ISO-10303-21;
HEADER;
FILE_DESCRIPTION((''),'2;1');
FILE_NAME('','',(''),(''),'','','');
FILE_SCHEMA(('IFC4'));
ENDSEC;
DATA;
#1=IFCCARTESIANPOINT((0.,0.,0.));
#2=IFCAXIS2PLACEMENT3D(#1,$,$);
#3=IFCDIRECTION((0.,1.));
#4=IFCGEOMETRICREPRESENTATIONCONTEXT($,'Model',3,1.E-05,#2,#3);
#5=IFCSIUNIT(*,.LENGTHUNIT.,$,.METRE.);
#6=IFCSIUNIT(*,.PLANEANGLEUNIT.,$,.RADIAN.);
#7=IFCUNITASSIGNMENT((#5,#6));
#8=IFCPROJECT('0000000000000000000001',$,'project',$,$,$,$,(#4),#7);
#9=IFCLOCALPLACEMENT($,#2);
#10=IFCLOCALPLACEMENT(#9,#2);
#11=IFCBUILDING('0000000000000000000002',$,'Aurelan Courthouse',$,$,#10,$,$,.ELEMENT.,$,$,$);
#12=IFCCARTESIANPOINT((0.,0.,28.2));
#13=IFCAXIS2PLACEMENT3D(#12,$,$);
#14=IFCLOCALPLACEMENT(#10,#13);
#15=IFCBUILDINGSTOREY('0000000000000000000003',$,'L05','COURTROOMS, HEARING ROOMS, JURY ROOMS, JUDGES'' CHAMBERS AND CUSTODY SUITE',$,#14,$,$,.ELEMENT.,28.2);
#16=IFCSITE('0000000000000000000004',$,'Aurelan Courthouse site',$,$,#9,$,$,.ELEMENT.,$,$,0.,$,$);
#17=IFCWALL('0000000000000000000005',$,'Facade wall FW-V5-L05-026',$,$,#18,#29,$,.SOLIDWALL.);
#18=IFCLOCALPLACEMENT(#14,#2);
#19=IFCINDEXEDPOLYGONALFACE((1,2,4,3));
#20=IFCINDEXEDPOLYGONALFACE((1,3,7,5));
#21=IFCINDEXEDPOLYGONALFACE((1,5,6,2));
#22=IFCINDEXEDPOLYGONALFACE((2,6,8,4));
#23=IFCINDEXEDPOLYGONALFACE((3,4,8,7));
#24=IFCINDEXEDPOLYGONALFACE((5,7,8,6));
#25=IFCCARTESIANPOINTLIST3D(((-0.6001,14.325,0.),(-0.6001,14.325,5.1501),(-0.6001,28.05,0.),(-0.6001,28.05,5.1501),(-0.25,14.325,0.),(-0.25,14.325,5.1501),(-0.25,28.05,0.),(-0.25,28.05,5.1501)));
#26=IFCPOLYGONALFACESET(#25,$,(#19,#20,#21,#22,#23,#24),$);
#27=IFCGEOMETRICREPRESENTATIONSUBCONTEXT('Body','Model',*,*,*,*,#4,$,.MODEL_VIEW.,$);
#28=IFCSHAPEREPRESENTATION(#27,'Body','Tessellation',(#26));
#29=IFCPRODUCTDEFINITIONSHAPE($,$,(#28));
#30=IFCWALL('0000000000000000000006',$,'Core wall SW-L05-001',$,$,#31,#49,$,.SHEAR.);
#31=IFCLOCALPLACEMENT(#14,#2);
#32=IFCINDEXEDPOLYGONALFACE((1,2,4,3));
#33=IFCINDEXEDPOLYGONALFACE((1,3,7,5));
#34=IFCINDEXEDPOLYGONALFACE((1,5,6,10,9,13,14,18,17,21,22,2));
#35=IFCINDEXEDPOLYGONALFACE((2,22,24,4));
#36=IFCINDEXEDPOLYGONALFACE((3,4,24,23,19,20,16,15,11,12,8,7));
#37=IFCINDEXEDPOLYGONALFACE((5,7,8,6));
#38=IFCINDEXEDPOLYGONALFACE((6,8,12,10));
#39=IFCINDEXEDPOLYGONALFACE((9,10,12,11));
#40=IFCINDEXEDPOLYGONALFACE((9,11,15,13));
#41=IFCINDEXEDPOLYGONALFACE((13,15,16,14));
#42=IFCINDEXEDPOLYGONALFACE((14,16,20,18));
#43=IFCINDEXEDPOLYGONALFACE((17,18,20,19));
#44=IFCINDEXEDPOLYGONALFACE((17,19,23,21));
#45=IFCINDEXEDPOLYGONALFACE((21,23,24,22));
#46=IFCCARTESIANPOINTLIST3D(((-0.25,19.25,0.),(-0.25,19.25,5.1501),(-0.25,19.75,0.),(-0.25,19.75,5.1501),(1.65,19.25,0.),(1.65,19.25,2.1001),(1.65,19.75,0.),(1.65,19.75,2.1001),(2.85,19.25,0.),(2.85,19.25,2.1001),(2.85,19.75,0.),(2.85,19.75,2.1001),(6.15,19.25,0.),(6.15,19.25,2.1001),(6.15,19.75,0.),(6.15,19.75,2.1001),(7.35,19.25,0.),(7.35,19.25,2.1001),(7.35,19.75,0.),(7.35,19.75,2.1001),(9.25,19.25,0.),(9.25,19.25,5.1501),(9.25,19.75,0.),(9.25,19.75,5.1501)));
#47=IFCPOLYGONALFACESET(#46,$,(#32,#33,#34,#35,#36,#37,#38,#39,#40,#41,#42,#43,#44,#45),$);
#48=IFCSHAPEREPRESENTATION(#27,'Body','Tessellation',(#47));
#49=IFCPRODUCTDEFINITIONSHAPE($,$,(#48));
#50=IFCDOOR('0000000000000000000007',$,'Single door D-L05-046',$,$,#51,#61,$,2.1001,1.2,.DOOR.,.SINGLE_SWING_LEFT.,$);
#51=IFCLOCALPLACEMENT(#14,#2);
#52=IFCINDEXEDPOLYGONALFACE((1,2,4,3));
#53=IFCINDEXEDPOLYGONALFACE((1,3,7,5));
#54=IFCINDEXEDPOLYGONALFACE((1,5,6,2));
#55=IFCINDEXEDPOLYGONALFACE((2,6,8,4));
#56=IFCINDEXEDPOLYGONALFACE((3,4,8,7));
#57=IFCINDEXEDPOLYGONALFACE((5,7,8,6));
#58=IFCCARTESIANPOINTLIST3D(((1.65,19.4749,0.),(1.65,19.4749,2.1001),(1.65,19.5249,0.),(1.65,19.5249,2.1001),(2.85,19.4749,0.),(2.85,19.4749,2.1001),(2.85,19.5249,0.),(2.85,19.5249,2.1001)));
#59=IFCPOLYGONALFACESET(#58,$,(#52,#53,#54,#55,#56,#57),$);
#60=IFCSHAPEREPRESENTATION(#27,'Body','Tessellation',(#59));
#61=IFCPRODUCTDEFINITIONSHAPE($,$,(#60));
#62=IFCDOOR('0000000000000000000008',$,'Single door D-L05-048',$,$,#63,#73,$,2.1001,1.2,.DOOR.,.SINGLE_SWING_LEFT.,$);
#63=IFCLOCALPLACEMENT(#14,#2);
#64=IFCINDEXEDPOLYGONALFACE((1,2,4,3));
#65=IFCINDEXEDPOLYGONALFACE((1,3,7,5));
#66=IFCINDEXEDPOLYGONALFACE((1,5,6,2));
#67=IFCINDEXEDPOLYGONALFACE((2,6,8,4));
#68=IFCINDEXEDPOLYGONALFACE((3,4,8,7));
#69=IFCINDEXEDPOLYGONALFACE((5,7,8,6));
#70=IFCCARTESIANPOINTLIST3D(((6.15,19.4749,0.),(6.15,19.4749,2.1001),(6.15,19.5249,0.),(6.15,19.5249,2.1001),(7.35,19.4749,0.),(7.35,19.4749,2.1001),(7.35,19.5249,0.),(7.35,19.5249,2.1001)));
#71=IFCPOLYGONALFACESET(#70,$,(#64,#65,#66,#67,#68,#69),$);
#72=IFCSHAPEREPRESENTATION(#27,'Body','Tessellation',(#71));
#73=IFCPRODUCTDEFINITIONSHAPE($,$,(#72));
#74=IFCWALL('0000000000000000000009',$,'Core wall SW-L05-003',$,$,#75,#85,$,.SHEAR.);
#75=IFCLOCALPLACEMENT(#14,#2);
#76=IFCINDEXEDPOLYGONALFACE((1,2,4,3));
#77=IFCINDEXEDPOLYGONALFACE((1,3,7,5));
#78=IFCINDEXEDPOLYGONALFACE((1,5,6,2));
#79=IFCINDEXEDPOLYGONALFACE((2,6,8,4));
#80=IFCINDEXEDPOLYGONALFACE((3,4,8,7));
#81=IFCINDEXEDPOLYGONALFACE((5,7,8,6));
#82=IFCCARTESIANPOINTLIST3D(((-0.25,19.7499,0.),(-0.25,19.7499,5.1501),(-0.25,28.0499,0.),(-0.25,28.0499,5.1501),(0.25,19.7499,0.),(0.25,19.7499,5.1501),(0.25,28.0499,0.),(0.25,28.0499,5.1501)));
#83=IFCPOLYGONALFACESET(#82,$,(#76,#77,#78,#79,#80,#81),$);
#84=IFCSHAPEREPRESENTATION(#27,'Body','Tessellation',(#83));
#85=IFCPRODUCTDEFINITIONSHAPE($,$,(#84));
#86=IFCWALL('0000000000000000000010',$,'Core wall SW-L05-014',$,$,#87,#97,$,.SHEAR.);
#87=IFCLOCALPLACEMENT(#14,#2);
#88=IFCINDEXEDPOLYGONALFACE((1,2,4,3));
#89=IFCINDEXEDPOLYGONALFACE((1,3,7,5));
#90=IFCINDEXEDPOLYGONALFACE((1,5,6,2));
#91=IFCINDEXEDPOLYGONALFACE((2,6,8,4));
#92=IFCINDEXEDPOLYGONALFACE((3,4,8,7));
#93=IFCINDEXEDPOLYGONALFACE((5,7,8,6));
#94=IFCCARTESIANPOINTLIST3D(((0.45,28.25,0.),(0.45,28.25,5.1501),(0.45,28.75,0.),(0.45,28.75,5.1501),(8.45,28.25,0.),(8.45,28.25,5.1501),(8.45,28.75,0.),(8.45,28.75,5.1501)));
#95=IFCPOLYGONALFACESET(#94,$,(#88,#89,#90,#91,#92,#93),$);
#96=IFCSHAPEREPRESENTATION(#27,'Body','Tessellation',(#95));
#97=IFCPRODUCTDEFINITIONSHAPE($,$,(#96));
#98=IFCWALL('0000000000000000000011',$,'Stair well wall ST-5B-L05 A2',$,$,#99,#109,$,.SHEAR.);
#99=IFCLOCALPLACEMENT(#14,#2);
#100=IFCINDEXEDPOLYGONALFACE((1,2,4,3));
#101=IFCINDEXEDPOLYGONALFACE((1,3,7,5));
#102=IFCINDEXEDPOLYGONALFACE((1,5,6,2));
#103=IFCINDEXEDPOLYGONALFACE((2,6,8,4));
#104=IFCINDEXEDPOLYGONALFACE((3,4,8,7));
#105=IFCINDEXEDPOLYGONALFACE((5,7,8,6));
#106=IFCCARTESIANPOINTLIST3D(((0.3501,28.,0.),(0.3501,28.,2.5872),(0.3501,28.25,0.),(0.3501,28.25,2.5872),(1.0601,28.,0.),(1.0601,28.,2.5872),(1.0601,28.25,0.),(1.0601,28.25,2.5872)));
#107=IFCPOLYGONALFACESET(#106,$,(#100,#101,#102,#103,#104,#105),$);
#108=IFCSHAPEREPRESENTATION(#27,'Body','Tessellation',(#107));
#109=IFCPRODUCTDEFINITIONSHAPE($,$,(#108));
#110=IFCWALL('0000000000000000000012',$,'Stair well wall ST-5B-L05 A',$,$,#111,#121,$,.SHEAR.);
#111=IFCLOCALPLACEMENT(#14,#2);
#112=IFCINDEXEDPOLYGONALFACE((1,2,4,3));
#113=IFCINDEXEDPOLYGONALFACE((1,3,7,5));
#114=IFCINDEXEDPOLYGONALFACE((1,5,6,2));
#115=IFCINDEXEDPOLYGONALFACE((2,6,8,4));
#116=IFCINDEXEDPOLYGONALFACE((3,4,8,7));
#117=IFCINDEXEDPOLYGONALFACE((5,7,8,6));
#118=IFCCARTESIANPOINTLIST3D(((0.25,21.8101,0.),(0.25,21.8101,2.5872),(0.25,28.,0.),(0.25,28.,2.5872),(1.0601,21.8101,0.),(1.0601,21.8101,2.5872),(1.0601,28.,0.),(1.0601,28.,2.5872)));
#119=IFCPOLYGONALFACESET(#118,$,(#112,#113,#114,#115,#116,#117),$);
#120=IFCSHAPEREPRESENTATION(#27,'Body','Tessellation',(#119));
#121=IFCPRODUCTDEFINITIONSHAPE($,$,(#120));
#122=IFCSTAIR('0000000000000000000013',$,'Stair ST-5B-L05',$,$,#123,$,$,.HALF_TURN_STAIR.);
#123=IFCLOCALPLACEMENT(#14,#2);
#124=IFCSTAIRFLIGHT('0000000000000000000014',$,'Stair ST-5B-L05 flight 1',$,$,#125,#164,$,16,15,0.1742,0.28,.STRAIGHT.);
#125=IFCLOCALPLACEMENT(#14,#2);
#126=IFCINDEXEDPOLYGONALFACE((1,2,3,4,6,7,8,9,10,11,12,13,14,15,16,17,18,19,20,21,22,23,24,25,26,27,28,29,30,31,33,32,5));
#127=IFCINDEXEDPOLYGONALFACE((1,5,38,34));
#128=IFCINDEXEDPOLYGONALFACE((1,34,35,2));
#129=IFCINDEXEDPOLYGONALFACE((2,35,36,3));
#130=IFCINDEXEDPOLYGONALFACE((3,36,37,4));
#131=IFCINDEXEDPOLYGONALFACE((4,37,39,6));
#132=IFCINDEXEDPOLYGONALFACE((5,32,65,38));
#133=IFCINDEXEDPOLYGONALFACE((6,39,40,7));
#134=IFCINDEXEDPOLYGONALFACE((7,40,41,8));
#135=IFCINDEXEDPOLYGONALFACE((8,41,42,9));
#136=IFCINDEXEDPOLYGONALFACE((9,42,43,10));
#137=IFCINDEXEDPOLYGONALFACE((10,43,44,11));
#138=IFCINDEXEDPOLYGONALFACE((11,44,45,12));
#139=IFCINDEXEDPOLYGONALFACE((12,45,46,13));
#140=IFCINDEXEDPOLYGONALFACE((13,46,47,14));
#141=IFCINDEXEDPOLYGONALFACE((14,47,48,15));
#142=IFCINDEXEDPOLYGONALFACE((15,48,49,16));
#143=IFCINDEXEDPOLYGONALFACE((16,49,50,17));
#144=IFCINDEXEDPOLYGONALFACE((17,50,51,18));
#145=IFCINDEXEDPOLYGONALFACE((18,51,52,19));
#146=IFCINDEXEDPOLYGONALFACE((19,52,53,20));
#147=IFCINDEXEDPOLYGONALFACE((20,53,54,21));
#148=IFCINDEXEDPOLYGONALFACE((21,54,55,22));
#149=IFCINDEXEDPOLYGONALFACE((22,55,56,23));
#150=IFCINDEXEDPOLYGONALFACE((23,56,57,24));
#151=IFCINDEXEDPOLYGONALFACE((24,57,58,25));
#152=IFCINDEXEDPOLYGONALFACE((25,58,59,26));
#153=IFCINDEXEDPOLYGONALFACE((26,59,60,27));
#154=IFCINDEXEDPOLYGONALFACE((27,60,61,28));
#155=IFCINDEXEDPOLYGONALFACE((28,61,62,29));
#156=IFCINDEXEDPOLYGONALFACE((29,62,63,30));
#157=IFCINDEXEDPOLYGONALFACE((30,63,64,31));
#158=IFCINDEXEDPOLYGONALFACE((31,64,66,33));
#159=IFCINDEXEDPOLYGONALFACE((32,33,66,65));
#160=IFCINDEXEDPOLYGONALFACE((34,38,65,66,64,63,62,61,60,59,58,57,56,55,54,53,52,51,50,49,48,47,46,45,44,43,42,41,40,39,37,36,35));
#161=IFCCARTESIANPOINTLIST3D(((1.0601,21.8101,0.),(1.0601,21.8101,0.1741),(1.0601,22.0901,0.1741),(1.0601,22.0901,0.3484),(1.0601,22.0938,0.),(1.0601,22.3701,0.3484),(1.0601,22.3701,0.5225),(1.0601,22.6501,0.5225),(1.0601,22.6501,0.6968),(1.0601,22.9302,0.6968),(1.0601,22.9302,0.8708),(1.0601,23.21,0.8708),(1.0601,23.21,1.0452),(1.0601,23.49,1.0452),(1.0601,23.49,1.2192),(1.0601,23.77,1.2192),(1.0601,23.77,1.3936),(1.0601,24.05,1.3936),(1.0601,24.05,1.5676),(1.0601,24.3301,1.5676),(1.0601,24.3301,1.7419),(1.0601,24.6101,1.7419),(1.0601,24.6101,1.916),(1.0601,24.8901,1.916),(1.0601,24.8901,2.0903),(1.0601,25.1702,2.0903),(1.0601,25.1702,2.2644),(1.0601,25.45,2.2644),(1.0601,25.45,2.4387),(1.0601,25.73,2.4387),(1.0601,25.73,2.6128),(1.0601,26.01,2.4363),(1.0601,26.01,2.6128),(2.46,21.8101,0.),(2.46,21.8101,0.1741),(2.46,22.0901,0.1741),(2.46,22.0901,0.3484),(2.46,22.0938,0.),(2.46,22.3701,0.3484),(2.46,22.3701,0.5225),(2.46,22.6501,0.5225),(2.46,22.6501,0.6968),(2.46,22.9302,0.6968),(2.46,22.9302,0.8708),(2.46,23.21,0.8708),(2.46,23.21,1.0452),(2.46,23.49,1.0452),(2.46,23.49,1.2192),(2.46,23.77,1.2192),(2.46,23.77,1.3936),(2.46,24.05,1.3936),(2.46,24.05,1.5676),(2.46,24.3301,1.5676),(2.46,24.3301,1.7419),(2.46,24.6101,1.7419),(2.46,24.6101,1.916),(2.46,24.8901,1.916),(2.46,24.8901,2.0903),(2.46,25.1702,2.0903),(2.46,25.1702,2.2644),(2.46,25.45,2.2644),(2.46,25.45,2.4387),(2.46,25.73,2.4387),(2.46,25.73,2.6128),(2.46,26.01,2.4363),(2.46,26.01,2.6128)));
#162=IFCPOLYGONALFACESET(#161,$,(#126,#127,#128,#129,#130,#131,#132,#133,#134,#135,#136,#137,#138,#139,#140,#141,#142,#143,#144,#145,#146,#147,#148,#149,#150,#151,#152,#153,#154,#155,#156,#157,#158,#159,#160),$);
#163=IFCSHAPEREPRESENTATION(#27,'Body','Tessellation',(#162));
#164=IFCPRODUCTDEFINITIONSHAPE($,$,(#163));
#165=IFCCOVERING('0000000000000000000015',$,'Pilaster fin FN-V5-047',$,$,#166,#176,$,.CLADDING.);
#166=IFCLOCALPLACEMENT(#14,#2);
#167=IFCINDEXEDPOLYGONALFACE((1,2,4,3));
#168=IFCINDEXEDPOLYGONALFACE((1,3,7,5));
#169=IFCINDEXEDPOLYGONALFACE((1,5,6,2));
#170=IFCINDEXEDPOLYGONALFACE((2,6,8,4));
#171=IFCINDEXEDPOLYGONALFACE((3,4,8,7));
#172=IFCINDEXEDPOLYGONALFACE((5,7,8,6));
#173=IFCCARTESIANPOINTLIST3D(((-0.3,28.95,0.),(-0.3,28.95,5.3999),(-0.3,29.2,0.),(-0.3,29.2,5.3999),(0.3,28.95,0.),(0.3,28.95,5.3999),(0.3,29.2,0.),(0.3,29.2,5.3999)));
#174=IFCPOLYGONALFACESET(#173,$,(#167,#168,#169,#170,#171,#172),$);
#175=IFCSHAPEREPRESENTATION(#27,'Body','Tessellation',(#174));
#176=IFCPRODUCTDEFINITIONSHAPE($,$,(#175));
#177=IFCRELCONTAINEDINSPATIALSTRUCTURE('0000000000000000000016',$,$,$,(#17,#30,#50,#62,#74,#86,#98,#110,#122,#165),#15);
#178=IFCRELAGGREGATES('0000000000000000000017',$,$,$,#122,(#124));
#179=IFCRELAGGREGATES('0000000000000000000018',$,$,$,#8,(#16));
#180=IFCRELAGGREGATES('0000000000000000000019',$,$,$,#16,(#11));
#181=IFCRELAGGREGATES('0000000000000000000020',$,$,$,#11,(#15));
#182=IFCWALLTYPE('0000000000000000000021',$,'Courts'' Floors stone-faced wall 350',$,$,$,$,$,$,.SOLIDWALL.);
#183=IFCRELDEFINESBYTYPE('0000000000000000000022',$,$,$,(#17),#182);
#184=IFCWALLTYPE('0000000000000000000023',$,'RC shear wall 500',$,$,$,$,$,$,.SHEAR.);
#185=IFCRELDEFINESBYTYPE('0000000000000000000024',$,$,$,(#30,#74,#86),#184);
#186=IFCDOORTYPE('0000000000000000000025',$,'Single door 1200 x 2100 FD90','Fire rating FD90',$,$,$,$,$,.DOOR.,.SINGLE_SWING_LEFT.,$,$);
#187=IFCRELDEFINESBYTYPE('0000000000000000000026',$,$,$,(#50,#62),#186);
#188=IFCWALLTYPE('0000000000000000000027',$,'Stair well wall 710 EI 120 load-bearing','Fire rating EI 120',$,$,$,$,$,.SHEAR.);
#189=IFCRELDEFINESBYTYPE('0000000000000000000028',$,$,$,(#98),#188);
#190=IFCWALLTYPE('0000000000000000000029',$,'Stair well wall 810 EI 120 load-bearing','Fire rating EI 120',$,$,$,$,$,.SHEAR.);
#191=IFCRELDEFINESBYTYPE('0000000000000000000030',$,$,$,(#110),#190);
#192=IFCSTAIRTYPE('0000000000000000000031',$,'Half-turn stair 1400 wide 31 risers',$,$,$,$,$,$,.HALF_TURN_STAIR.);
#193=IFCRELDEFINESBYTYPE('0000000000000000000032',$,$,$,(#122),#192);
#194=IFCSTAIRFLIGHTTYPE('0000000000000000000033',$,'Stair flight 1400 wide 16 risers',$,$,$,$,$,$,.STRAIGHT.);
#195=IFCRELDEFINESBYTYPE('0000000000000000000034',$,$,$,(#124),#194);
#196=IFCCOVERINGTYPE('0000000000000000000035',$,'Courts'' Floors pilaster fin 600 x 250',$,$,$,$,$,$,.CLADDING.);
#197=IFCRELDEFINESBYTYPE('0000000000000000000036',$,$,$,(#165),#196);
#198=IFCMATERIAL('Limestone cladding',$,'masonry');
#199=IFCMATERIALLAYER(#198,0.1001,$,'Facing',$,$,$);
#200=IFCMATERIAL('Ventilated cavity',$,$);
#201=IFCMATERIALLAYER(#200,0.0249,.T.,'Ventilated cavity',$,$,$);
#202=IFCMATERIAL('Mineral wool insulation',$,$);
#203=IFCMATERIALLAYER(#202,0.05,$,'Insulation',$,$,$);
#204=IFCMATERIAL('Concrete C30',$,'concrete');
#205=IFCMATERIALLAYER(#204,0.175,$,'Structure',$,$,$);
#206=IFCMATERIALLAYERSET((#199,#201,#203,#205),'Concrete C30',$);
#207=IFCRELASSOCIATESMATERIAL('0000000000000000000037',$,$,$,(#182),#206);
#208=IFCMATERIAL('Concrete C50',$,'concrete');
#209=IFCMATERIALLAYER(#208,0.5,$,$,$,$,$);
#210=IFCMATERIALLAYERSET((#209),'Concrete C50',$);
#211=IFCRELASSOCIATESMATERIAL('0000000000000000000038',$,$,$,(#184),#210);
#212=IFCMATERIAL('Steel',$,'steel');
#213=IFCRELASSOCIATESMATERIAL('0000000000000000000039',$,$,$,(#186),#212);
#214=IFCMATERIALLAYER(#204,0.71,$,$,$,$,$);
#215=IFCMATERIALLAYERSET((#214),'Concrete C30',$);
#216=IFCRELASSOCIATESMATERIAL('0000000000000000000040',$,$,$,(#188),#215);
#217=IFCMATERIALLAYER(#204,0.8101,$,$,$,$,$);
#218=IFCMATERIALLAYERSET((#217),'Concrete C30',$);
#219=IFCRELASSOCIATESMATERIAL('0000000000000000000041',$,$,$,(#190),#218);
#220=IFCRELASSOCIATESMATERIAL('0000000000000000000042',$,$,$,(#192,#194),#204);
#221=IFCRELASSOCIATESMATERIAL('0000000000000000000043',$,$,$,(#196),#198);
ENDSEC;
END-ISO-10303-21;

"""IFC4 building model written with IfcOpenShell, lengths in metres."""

from ifc_helpers import new_model, si_unit, direction, frame, frame_2d, origin, origin_2d, place, context, subcontext, project, spatial, polyline, rectangle, outline, extrude, material, layer, layer_set, type_object, element, fill, aggregate, save


model = new_model("IFC4")

# Units and contexts
model_context = context("Model", 3, precision=1e-05, world=origin(), true_north=direction((0.0, 1.0)))
body_context = subcontext(model_context, "Body", "Model", "MODEL_VIEW")
ifc_project = project(units=[si_unit("LENGTHUNIT", "METRE"), si_unit("PLANEANGLEUNIT", "RADIAN")], contexts=[model_context])

# Site, building, storey
site_placement = place(None, origin())
site = spatial("IfcSite", under=ifc_project, at=site_placement, Name="Aurelan Courthouse site", CompositionType="ELEMENT", RefElevation=0.0)
building_placement = place(site_placement, origin())
building = spatial("IfcBuilding", under=site, at=building_placement, Name="Aurelan Courthouse", CompositionType="ELEMENT")
storey_placement = place(building_placement, frame((0.0, 0.0, 28.2)))
storey = spatial("IfcBuildingStorey", under=building, at=storey_placement, Name="L05", Description="COURTROOMS, HEARING ROOMS, JURY ROOMS, JUDGES' CHAMBERS AND CUSTODY SUITE", CompositionType="ELEMENT", Elevation=28.2)

# Shared definitions
ifc_material_1 = material(Name="Concrete C50", Category="concrete")

# Shared definitions
ifc_material_2 = material(Name="Steel", Category="steel")

# Wall
ifc_material_3 = material(Name="Limestone cladding", Category="masonry")
ifc_material_4 = material(Name="Ventilated cavity")
ifc_material_5 = material(Name="Mineral wool insulation")
ifc_material_6 = material(Name="Concrete C30", Category="concrete")
ifc_layer_1 = layer(ifc_material_3, 0.1001, Name="Facing")
ifc_layer_2 = layer(ifc_material_4, 0.0249, ventilated=True, Name="Ventilated cavity")
ifc_layer_3 = layer(ifc_material_5, 0.05, Name="Insulation")
ifc_layer_4 = layer(ifc_material_6, 0.175, Name="Structure")
ifc_layer_set_1 = layer_set([ifc_layer_1, ifc_layer_2, ifc_layer_3, ifc_layer_4], Name="Concrete C30")
wall_type_1 = type_object("IfcWallType", Name="Courts' Floors stone-faced wall 350", PredefinedType="SOLIDWALL", material=ifc_layer_set_1)
wall_1_placement = place(storey_placement, frame((-0.425, 14.325, 0.0), z_axis=(0.0, 0.0, 1.0), x_axis=(0.0, 1.0, 0.0)))
element("IfcWall", 1, at=wall_1_placement, inside=storey, type_object=wall_type_1, Name="Facade wall FW-V5-L05-026", PredefinedType="SOLIDWALL", context=body_context, shape_type="SweptSolid", body=[
    extrude(rectangle(XDim=13.7251, YDim=0.3501, at=frame_2d((6.8625, 0.0))), origin(), (0.0, 0.0, 1.0), 5.1501),
])

# Wall, openings, doors
ifc_layer_5 = layer(ifc_material_1, 0.5)
ifc_layer_set_2 = layer_set([ifc_layer_5], Name="Concrete C50")
wall_type_2 = type_object("IfcWallType", Name="RC shear wall 500", PredefinedType="SHEAR", material=ifc_layer_set_2)
wall_2_placement = place(storey_placement, frame((-0.25, 19.5, 0.0), z_axis=(0.0, 0.0, 1.0), x_axis=(1.0, 0.0, 0.0)))
wall_2 = element("IfcWall", 2, at=wall_2_placement, inside=storey, type_object=wall_type_2, Name="Core wall SW-L05-001", PredefinedType="SHEAR", context=body_context, shape_type="SweptSolid", body=[
    extrude(rectangle(XDim=9.5, YDim=0.5, at=frame_2d((4.75, 0.0))), origin(), (0.0, 0.0, 1.0), 5.1501),
])
opening_1_placement = place(wall_2_placement, frame((1.8999, 0.0, 0.0)))
opening_1 = element("IfcOpeningElement", 3, at=opening_1_placement, cuts=wall_2, PredefinedType="OPENING", context=body_context, shape_type="SweptSolid", body=[
    extrude(rectangle(XDim=1.2, YDim=2.1001, at=frame_2d((0.6001, 1.05))), frame((0.0, 0.26, 0.0), z_axis=(0.0, -1.0, 0.0), x_axis=(1.0, 0.0, 0.0)), (0.0, 0.0, 1.0), 0.52),
])
opening_2_placement = place(wall_2_placement, frame((6.3999, 0.0, 0.0)))
opening_2 = element("IfcOpeningElement", 4, at=opening_2_placement, cuts=wall_2, PredefinedType="OPENING", context=body_context, shape_type="SweptSolid", body=[
    extrude(rectangle(XDim=1.2, YDim=2.1001, at=frame_2d((0.6001, 1.05))), frame((0.0, 0.26, 0.0), z_axis=(0.0, -1.0, 0.0), x_axis=(1.0, 0.0, 0.0)), (0.0, 0.0, 1.0), 0.52),
])
door_type_1 = type_object("IfcDoorType", Name="Single door 1200 x 2100 FD90", Description="Fire rating FD90", OperationType="SINGLE_SWING_LEFT", PredefinedType="DOOR", material=ifc_material_2)
door_1_placement = place(opening_1_placement, origin())
door_1 = element("IfcDoor", 5, at=door_1_placement, inside=storey, type_object=door_type_1, Name="Single door D-L05-046", OperationType="SINGLE_SWING_LEFT", OverallHeight=2.1001, OverallWidth=1.2, PredefinedType="DOOR", context=body_context, shape_type="SweptSolid", body=[
    extrude(rectangle(XDim=1.2, YDim=2.1001, at=frame_2d((0.6001, 1.05))), frame((0.0, 0.0249, 0.0), z_axis=(0.0, -1.0, 0.0), x_axis=(1.0, 0.0, 0.0)), (0.0, 0.0, 1.0), 0.05),
])
fill(opening_1, door_1)
door_2_placement = place(opening_2_placement, origin())
door_2 = element("IfcDoor", 6, at=door_2_placement, inside=storey, type_object=door_type_1, Name="Single door D-L05-048", OperationType="SINGLE_SWING_LEFT", OverallHeight=2.1001, OverallWidth=1.2, PredefinedType="DOOR", context=body_context, shape_type="SweptSolid", body=[
    extrude(rectangle(XDim=1.2, YDim=2.1001, at=frame_2d((0.6001, 1.05))), frame((0.0, 0.0249, 0.0), z_axis=(0.0, -1.0, 0.0), x_axis=(1.0, 0.0, 0.0)), (0.0, 0.0, 1.0), 0.05),
])
fill(opening_2, door_2)

# Walls
wall_3_placement = place(storey_placement, frame((0.0, 19.75, 0.0), z_axis=(0.0, 0.0, 1.0), x_axis=(0.0, 1.0, 0.0)))
element("IfcWall", 7, at=wall_3_placement, inside=storey, type_object=wall_type_2, Name="Core wall SW-L05-003", PredefinedType="SHEAR", context=body_context, shape_type="SweptSolid", body=[
    extrude(rectangle(XDim=8.3, YDim=0.5, at=frame_2d((4.1499, 0.0))), origin(), (0.0, 0.0, 1.0), 5.1501),
])
wall_4_placement = place(storey_placement, frame((0.45, 28.5, 0.0), z_axis=(0.0, 0.0, 1.0), x_axis=(1.0, 0.0, 0.0)))
element("IfcWall", 8, at=wall_4_placement, inside=storey, type_object=wall_type_2, Name="Core wall SW-L05-014", PredefinedType="SHEAR", context=body_context, shape_type="SweptSolid", body=[
    extrude(rectangle(XDim=8.0, YDim=0.5, at=frame_2d((4.0, 0.0))), origin(), (0.0, 0.0, 1.0), 5.1501),
])
ifc_layer_6 = layer(ifc_material_6, 0.71)
ifc_layer_set_3 = layer_set([ifc_layer_6], Name="Concrete C30")
wall_type_3 = type_object("IfcWallType", Name="Stair well wall 710 EI 120 load-bearing", Description="Fire rating EI 120", PredefinedType="SHEAR", material=ifc_layer_set_3)
wall_5_placement = place(storey_placement, frame((0.7051, 28.0, 0.0), z_axis=(0.0, 0.0, 1.0), x_axis=(0.0, 1.0, 0.0)))
element("IfcWall", 9, at=wall_5_placement, inside=storey, type_object=wall_type_3, Name="Stair well wall ST-5B-L05 A2", PredefinedType="SHEAR", context=body_context, shape_type="SweptSolid", body=[
    extrude(rectangle(XDim=0.25, YDim=0.71, at=frame_2d((0.125, 0.0))), origin(), (0.0, 0.0, 1.0), 2.5872),
])
ifc_layer_7 = layer(ifc_material_6, 0.8101)
ifc_layer_set_4 = layer_set([ifc_layer_7], Name="Concrete C30")
wall_type_4 = type_object("IfcWallType", Name="Stair well wall 810 EI 120 load-bearing", Description="Fire rating EI 120", PredefinedType="SHEAR", material=ifc_layer_set_4)
wall_6_placement = place(storey_placement, frame((0.655, 21.8101, 0.0), z_axis=(0.0, 0.0, 1.0), x_axis=(0.0, 1.0, 0.0)))
element("IfcWall", 10, at=wall_6_placement, inside=storey, type_object=wall_type_4, Name="Stair well wall ST-5B-L05 A", PredefinedType="SHEAR", context=body_context, shape_type="SweptSolid", body=[
    extrude(rectangle(XDim=6.1899, YDim=0.8101, at=frame_2d((3.095, 0.0))), origin(), (0.0, 0.0, 1.0), 2.5872),
])

# Stair, stair flight
stair_type = type_object("IfcStairType", Name="Half-turn stair 1400 wide 31 risers", PredefinedType="HALF_TURN_STAIR", material=ifc_material_6)
stair_placement = place(storey_placement, origin())
stair = element("IfcStair", 11, at=stair_placement, inside=storey, type_object=stair_type, Name="Stair ST-5B-L05", PredefinedType="HALF_TURN_STAIR")
stair_flight_type = type_object("IfcStairFlightType", Name="Stair flight 1400 wide 16 risers", PredefinedType="STRAIGHT", material=ifc_material_6)
stair_flight_placement = place(storey_placement, frame((1.76, 21.8101, 0.0), z_axis=(0.0, 0.0, 1.0), x_axis=(0.0, 1.0, 0.0)))
stair_flight = element("IfcStairFlight", 12, at=stair_flight_placement, type_object=stair_flight_type, Name="Stair ST-5B-L05 flight 1", NumberOfRisers=16, NumberOfTreads=15, PredefinedType="STRAIGHT", RiserHeight=0.1742, TreadLength=0.28, context=body_context, shape_type="SweptSolid", body=[
    extrude(outline(polyline([(0.0, 0.0), (0.0, 0.1741), (0.28, 0.1741), (0.28, 0.3484), (0.5601, 0.3484), (0.5601, 0.5225), (0.8401, 0.5225), (0.8401, 0.6968), (1.1201, 0.6968), (1.1201, 0.8708), (1.3999, 0.8708), (1.3999, 1.0452), (1.6799, 1.0452), (1.6799, 1.2192), (1.96, 1.2192), (1.96, 1.3936), (2.24, 1.3936), (2.24, 1.5676), (2.52, 1.5676), (2.52, 1.7419), (2.8, 1.7419), (2.8, 1.916), (3.0801, 1.916), (3.0801, 2.0903), (3.3601, 2.0903), (3.3601, 2.2644), (3.6399, 2.2644), (3.6399, 2.4387), (3.9199, 2.4387), (3.9199, 2.6128), (4.2, 2.6128), (4.2, 2.7871), (4.2, 2.4363), (0.2837, 0.0), (0.0, 0.0)])), frame((0.0, 0.7, 0.0), z_axis=(0.0, -1.0, 0.0), x_axis=(1.0, 0.0, 0.0)), (0.0, 0.0, 1.0), 1.3999),
])
aggregate(stair, [stair_flight])

# Covering
covering_type_1 = type_object("IfcCoveringType", Name="Courts' Floors pilaster fin 600 x 250", PredefinedType="CLADDING", material=ifc_material_3)
covering_1_placement = place(storey_placement, frame((0.0, 29.075, 0.0), z_axis=(0.0, 0.0, 1.0), x_axis=(1.0, 0.0, 0.0)))
element("IfcCovering", 13, at=covering_1_placement, inside=storey, type_object=covering_type_1, Name="Pilaster fin FN-V5-047", PredefinedType="CLADDING", context=body_context, shape_type="SweptSolid", body=[
    extrude(rectangle(XDim=0.6001, YDim=0.25, at=origin_2d()), origin(), (0.0, 0.0, 1.0), 5.3999),
])

save(model, "model.ifc")
